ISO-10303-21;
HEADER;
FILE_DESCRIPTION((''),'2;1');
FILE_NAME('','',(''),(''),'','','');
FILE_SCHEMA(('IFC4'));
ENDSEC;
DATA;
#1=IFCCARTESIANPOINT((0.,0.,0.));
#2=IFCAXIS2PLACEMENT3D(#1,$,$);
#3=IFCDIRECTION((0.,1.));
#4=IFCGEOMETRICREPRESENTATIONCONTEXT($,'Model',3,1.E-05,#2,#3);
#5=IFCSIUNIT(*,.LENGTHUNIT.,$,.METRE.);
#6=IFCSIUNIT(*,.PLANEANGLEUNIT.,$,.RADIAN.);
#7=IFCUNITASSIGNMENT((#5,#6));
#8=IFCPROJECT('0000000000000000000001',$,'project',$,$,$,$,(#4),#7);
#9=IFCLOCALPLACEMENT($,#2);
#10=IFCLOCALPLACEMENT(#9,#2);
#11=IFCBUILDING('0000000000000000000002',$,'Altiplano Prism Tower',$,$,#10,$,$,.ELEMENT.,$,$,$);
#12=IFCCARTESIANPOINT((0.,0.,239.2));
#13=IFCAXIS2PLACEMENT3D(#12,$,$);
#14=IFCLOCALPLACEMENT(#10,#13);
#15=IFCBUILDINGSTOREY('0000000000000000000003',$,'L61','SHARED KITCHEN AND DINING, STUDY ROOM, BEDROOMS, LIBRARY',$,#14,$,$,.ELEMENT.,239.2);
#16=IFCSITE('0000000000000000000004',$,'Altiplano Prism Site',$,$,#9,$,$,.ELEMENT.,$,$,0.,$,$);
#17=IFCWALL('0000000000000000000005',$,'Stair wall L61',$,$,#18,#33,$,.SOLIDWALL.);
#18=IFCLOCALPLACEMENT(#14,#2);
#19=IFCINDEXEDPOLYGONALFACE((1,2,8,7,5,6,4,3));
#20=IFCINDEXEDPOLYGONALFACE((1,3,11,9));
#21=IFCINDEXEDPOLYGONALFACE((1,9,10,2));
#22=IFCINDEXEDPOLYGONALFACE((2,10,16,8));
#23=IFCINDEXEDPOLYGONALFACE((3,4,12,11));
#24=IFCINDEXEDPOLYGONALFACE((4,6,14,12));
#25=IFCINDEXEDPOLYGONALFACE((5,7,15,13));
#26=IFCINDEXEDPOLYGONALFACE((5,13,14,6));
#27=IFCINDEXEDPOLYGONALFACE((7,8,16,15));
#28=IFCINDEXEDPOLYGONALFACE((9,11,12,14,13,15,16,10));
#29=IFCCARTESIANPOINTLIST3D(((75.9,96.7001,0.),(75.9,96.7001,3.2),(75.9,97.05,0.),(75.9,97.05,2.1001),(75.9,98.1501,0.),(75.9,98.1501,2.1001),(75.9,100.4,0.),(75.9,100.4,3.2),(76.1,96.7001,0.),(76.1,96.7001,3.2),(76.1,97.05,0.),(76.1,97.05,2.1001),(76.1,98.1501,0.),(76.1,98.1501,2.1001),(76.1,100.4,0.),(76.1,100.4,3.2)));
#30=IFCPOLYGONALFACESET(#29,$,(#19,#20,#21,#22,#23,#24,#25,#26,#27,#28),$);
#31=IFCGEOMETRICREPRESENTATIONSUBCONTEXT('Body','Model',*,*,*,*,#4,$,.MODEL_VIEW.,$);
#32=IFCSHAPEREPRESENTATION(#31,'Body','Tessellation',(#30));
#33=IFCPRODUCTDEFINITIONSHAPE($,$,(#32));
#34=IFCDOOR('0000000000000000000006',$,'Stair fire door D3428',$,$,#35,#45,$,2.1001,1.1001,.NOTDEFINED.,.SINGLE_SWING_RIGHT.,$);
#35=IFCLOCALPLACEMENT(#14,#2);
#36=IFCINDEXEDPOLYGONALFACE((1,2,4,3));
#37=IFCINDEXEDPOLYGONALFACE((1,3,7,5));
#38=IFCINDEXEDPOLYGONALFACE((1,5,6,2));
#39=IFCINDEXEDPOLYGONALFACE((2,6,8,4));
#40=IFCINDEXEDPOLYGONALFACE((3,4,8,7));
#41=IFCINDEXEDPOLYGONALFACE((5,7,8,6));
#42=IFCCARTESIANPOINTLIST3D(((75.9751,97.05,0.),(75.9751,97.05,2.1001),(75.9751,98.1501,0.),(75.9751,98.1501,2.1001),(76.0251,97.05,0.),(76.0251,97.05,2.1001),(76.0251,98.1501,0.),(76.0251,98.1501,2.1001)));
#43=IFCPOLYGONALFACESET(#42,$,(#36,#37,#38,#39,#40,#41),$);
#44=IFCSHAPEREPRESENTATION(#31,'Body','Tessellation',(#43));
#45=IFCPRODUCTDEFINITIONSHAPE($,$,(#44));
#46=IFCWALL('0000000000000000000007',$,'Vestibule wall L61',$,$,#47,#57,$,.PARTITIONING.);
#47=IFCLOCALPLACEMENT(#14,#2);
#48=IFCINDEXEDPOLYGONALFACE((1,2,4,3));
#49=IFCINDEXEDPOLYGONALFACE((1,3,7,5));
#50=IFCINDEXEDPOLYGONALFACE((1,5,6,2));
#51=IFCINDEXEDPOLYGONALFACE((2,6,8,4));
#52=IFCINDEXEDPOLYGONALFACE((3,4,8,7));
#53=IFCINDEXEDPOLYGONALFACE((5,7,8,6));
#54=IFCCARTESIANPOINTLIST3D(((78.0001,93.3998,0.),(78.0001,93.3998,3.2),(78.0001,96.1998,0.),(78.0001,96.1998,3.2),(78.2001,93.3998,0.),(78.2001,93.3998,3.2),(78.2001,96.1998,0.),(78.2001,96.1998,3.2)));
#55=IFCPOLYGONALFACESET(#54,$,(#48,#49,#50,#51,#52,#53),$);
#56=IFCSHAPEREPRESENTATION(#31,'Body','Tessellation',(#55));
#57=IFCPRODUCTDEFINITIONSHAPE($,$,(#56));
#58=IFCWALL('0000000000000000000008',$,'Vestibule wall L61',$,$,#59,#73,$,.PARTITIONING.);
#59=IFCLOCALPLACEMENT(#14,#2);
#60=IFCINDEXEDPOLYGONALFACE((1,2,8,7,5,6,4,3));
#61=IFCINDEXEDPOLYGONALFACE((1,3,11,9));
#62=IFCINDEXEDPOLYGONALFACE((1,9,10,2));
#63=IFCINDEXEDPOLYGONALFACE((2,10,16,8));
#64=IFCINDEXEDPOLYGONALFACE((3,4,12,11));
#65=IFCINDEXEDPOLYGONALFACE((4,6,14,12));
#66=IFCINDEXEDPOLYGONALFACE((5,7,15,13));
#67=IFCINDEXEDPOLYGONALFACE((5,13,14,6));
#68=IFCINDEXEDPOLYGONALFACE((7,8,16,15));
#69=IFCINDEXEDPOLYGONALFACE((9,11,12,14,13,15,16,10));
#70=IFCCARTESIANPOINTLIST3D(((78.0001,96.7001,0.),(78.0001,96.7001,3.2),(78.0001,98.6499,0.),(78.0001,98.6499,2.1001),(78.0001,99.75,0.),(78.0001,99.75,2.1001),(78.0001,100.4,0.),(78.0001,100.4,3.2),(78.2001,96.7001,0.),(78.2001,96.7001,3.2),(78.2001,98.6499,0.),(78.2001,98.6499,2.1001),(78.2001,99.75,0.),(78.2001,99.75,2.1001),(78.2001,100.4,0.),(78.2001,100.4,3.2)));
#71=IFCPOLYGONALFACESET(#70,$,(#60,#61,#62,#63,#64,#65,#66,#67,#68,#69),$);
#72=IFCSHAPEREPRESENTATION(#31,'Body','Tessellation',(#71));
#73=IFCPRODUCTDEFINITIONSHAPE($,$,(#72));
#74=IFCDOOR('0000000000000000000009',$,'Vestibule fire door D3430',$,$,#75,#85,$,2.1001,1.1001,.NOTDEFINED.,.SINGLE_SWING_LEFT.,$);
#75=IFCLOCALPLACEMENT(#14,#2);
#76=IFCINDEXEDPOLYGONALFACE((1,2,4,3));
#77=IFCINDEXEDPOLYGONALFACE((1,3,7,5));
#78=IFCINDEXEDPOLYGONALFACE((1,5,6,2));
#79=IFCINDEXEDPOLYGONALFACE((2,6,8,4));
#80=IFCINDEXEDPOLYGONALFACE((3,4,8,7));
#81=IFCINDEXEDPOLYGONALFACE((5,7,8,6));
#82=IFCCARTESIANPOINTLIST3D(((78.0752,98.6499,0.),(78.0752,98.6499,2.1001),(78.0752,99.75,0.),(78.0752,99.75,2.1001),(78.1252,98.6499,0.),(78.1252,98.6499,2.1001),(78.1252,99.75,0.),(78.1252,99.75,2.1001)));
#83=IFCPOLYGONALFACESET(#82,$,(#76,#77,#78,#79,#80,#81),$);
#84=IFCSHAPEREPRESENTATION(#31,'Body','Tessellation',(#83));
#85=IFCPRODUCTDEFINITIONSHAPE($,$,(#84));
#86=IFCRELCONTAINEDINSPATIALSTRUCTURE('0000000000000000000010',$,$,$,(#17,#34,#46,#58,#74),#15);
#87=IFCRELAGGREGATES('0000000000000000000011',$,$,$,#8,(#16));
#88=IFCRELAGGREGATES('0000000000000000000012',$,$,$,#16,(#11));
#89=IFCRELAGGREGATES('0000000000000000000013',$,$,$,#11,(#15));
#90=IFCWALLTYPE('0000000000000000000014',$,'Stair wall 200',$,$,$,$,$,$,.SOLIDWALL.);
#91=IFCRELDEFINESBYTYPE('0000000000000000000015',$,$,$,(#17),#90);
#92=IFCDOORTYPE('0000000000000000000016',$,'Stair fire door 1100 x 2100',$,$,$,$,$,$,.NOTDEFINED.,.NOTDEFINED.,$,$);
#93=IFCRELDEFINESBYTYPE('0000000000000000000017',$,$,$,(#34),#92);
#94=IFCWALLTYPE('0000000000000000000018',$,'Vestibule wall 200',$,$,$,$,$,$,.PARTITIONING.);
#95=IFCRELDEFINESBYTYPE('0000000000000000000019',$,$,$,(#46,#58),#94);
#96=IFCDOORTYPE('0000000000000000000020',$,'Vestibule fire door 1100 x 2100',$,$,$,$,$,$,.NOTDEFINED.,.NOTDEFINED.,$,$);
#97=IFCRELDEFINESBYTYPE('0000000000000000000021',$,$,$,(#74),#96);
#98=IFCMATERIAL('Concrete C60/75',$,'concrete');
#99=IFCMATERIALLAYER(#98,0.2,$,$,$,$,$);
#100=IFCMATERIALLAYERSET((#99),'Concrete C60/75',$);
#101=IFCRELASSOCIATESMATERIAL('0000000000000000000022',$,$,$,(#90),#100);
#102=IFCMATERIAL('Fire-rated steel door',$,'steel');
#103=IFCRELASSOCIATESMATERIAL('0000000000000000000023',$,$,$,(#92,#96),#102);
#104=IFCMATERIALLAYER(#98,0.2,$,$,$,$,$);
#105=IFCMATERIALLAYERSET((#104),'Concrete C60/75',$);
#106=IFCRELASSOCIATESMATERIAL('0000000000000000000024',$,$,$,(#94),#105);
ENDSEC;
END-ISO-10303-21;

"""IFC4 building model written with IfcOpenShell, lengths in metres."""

from ifc_helpers import new_model, si_unit, direction, frame, frame_2d, origin, place, context, subcontext, project, spatial, rectangle, extrude, material, layer, layer_set, type_object, element, fill, save


model = new_model("IFC4")

# Units and contexts
model_context = context("Model", 3, precision=1e-05, world=origin(), true_north=direction((0.0, 1.0)))
body_context = subcontext(model_context, "Body", "Model", "MODEL_VIEW")
ifc_project = project(units=[si_unit("LENGTHUNIT", "METRE"), si_unit("PLANEANGLEUNIT", "RADIAN")], contexts=[model_context])

# Site, building, storey
site_placement = place(None, origin())
site = spatial("IfcSite", under=ifc_project, at=site_placement, Name="Altiplano Prism Site", CompositionType="ELEMENT", RefElevation=0.0)
building_placement = place(site_placement, origin())
building = spatial("IfcBuilding", under=site, at=building_placement, Name="Altiplano Prism Tower", CompositionType="ELEMENT")
storey_placement = place(building_placement, frame((0.0, 0.0, 239.2)))
storey = spatial("IfcBuildingStorey", under=building, at=storey_placement, Name="L61", Description="SHARED KITCHEN AND DINING, STUDY ROOM, BEDROOMS, LIBRARY", CompositionType="ELEMENT", Elevation=239.2)

# Shared definitions
ifc_material_1 = material(Name="Concrete C60/75", Category="concrete")
ifc_material_2 = material(Name="Fire-rated steel door", Category="steel")

# Shared definitions
ifc_layer_1 = layer(ifc_material_1, 0.2)
ifc_layer_set_1 = layer_set([ifc_layer_1], Name="Concrete C60/75")
wall_type_1 = type_object("IfcWallType", Name="Stair wall 200", PredefinedType="SOLIDWALL", material=ifc_layer_set_1)

# Wall, opening, door
wall_1_placement = place(storey_placement, frame((76.0, 96.7, 0.0), z_axis=(0.0, 0.0, 1.0), x_axis=(0.0, 1.0, 0.0)))
wall_1 = element("IfcWall", 1, at=wall_1_placement, inside=storey, type_object=wall_type_1, Name="Stair wall L61", PredefinedType="SOLIDWALL", context=body_context, shape_type="SweptSolid", body=[
    extrude(rectangle(XDim=3.7, YDim=0.2, at=frame_2d((1.8501, 0.0))), origin(), (0.0, 0.0, 1.0), 3.2),
])
opening_1_placement = place(wall_1_placement, frame((0.3501, 0.0, 0.0)))
opening_1 = element("IfcOpeningElement", 2, at=opening_1_placement, cuts=wall_1, PredefinedType="OPENING", context=body_context, shape_type="SweptSolid", body=[
    extrude(rectangle(XDim=1.1001, YDim=2.1001, at=frame_2d((0.55, 1.05))), frame((0.0, 0.1104, 0.0), z_axis=(0.0, -1.0, 0.0), x_axis=(1.0, 0.0, 0.0)), (0.0, 0.0, 1.0), 0.2209),
])
door_type_1 = type_object("IfcDoorType", Name="Stair fire door 1100 x 2100", OperationType="NOTDEFINED", PredefinedType="NOTDEFINED", material=ifc_material_2)
door_1_placement = place(opening_1_placement, origin())
door_1 = element("IfcDoor", 3, at=door_1_placement, inside=storey, type_object=door_type_1, Name="Stair fire door D3428", OperationType="SINGLE_SWING_RIGHT", OverallHeight=2.1001, OverallWidth=1.1001, PredefinedType="NOTDEFINED", context=body_context, shape_type="SweptSolid", body=[
    extrude(rectangle(XDim=1.1001, YDim=2.1001, at=frame_2d((0.55, 1.05))), frame((0.0, 0.0249, 0.0), z_axis=(0.0, -1.0, 0.0), x_axis=(1.0, 0.0, 0.0)), (0.0, 0.0, 1.0), 0.05),
])
fill(opening_1, door_1)

# Wall
ifc_layer_2 = layer(ifc_material_1, 0.2)
ifc_layer_set_2 = layer_set([ifc_layer_2], Name="Concrete C60/75")
wall_type_2 = type_object("IfcWallType", Name="Vestibule wall 200", PredefinedType="PARTITIONING", material=ifc_layer_set_2)
wall_2_placement = place(storey_placement, frame((78.1001, 93.3999, 0.0), z_axis=(0.0, 0.0, 1.0), x_axis=(0.0, 1.0, 0.0)))
element("IfcWall", 4, at=wall_2_placement, inside=storey, type_object=wall_type_2, Name="Vestibule wall L61", PredefinedType="PARTITIONING", context=body_context, shape_type="SweptSolid", body=[
    extrude(rectangle(XDim=2.8, YDim=0.2, at=frame_2d((1.3999, 0.0))), origin(), (0.0, 0.0, 1.0), 3.2),
])

# Wall, opening, door
wall_3_placement = place(storey_placement, frame((78.1001, 96.7, 0.0), z_axis=(0.0, 0.0, 1.0), x_axis=(0.0, 1.0, 0.0)))
wall_3 = element("IfcWall", 5, at=wall_3_placement, inside=storey, type_object=wall_type_2, Name="Vestibule wall L61", PredefinedType="PARTITIONING", context=body_context, shape_type="SweptSolid", body=[
    extrude(rectangle(XDim=3.7, YDim=0.2, at=frame_2d((1.8501, 0.0))), origin(), (0.0, 0.0, 1.0), 3.2),
])
opening_2_placement = place(wall_3_placement, frame((1.95, 0.0, 0.0)))
opening_2 = element("IfcOpeningElement", 6, at=opening_2_placement, cuts=wall_3, PredefinedType="OPENING", context=body_context, shape_type="SweptSolid", body=[
    extrude(rectangle(XDim=1.1001, YDim=2.1001, at=frame_2d((0.55, 1.05))), frame((0.0, 0.1104, 0.0), z_axis=(0.0, -1.0, 0.0), x_axis=(1.0, 0.0, 0.0)), (0.0, 0.0, 1.0), 0.2209),
])
door_type_2 = type_object("IfcDoorType", Name="Vestibule fire door 1100 x 2100", OperationType="NOTDEFINED", PredefinedType="NOTDEFINED", material=ifc_material_2)
door_2_placement = place(opening_2_placement, origin())
door_2 = element("IfcDoor", 7, at=door_2_placement, inside=storey, type_object=door_type_2, Name="Vestibule fire door D3430", OperationType="SINGLE_SWING_LEFT", OverallHeight=2.1001, OverallWidth=1.1001, PredefinedType="NOTDEFINED", context=body_context, shape_type="SweptSolid", body=[
    extrude(rectangle(XDim=1.1001, YDim=2.1001, at=frame_2d((0.55, 1.05))), frame((0.0, 0.0249, 0.0), z_axis=(0.0, -1.0, 0.0), x_axis=(1.0, 0.0, 0.0)), (0.0, 0.0, 1.0), 0.05),
])
fill(opening_2, door_2)

save(model, "model.ifc")
